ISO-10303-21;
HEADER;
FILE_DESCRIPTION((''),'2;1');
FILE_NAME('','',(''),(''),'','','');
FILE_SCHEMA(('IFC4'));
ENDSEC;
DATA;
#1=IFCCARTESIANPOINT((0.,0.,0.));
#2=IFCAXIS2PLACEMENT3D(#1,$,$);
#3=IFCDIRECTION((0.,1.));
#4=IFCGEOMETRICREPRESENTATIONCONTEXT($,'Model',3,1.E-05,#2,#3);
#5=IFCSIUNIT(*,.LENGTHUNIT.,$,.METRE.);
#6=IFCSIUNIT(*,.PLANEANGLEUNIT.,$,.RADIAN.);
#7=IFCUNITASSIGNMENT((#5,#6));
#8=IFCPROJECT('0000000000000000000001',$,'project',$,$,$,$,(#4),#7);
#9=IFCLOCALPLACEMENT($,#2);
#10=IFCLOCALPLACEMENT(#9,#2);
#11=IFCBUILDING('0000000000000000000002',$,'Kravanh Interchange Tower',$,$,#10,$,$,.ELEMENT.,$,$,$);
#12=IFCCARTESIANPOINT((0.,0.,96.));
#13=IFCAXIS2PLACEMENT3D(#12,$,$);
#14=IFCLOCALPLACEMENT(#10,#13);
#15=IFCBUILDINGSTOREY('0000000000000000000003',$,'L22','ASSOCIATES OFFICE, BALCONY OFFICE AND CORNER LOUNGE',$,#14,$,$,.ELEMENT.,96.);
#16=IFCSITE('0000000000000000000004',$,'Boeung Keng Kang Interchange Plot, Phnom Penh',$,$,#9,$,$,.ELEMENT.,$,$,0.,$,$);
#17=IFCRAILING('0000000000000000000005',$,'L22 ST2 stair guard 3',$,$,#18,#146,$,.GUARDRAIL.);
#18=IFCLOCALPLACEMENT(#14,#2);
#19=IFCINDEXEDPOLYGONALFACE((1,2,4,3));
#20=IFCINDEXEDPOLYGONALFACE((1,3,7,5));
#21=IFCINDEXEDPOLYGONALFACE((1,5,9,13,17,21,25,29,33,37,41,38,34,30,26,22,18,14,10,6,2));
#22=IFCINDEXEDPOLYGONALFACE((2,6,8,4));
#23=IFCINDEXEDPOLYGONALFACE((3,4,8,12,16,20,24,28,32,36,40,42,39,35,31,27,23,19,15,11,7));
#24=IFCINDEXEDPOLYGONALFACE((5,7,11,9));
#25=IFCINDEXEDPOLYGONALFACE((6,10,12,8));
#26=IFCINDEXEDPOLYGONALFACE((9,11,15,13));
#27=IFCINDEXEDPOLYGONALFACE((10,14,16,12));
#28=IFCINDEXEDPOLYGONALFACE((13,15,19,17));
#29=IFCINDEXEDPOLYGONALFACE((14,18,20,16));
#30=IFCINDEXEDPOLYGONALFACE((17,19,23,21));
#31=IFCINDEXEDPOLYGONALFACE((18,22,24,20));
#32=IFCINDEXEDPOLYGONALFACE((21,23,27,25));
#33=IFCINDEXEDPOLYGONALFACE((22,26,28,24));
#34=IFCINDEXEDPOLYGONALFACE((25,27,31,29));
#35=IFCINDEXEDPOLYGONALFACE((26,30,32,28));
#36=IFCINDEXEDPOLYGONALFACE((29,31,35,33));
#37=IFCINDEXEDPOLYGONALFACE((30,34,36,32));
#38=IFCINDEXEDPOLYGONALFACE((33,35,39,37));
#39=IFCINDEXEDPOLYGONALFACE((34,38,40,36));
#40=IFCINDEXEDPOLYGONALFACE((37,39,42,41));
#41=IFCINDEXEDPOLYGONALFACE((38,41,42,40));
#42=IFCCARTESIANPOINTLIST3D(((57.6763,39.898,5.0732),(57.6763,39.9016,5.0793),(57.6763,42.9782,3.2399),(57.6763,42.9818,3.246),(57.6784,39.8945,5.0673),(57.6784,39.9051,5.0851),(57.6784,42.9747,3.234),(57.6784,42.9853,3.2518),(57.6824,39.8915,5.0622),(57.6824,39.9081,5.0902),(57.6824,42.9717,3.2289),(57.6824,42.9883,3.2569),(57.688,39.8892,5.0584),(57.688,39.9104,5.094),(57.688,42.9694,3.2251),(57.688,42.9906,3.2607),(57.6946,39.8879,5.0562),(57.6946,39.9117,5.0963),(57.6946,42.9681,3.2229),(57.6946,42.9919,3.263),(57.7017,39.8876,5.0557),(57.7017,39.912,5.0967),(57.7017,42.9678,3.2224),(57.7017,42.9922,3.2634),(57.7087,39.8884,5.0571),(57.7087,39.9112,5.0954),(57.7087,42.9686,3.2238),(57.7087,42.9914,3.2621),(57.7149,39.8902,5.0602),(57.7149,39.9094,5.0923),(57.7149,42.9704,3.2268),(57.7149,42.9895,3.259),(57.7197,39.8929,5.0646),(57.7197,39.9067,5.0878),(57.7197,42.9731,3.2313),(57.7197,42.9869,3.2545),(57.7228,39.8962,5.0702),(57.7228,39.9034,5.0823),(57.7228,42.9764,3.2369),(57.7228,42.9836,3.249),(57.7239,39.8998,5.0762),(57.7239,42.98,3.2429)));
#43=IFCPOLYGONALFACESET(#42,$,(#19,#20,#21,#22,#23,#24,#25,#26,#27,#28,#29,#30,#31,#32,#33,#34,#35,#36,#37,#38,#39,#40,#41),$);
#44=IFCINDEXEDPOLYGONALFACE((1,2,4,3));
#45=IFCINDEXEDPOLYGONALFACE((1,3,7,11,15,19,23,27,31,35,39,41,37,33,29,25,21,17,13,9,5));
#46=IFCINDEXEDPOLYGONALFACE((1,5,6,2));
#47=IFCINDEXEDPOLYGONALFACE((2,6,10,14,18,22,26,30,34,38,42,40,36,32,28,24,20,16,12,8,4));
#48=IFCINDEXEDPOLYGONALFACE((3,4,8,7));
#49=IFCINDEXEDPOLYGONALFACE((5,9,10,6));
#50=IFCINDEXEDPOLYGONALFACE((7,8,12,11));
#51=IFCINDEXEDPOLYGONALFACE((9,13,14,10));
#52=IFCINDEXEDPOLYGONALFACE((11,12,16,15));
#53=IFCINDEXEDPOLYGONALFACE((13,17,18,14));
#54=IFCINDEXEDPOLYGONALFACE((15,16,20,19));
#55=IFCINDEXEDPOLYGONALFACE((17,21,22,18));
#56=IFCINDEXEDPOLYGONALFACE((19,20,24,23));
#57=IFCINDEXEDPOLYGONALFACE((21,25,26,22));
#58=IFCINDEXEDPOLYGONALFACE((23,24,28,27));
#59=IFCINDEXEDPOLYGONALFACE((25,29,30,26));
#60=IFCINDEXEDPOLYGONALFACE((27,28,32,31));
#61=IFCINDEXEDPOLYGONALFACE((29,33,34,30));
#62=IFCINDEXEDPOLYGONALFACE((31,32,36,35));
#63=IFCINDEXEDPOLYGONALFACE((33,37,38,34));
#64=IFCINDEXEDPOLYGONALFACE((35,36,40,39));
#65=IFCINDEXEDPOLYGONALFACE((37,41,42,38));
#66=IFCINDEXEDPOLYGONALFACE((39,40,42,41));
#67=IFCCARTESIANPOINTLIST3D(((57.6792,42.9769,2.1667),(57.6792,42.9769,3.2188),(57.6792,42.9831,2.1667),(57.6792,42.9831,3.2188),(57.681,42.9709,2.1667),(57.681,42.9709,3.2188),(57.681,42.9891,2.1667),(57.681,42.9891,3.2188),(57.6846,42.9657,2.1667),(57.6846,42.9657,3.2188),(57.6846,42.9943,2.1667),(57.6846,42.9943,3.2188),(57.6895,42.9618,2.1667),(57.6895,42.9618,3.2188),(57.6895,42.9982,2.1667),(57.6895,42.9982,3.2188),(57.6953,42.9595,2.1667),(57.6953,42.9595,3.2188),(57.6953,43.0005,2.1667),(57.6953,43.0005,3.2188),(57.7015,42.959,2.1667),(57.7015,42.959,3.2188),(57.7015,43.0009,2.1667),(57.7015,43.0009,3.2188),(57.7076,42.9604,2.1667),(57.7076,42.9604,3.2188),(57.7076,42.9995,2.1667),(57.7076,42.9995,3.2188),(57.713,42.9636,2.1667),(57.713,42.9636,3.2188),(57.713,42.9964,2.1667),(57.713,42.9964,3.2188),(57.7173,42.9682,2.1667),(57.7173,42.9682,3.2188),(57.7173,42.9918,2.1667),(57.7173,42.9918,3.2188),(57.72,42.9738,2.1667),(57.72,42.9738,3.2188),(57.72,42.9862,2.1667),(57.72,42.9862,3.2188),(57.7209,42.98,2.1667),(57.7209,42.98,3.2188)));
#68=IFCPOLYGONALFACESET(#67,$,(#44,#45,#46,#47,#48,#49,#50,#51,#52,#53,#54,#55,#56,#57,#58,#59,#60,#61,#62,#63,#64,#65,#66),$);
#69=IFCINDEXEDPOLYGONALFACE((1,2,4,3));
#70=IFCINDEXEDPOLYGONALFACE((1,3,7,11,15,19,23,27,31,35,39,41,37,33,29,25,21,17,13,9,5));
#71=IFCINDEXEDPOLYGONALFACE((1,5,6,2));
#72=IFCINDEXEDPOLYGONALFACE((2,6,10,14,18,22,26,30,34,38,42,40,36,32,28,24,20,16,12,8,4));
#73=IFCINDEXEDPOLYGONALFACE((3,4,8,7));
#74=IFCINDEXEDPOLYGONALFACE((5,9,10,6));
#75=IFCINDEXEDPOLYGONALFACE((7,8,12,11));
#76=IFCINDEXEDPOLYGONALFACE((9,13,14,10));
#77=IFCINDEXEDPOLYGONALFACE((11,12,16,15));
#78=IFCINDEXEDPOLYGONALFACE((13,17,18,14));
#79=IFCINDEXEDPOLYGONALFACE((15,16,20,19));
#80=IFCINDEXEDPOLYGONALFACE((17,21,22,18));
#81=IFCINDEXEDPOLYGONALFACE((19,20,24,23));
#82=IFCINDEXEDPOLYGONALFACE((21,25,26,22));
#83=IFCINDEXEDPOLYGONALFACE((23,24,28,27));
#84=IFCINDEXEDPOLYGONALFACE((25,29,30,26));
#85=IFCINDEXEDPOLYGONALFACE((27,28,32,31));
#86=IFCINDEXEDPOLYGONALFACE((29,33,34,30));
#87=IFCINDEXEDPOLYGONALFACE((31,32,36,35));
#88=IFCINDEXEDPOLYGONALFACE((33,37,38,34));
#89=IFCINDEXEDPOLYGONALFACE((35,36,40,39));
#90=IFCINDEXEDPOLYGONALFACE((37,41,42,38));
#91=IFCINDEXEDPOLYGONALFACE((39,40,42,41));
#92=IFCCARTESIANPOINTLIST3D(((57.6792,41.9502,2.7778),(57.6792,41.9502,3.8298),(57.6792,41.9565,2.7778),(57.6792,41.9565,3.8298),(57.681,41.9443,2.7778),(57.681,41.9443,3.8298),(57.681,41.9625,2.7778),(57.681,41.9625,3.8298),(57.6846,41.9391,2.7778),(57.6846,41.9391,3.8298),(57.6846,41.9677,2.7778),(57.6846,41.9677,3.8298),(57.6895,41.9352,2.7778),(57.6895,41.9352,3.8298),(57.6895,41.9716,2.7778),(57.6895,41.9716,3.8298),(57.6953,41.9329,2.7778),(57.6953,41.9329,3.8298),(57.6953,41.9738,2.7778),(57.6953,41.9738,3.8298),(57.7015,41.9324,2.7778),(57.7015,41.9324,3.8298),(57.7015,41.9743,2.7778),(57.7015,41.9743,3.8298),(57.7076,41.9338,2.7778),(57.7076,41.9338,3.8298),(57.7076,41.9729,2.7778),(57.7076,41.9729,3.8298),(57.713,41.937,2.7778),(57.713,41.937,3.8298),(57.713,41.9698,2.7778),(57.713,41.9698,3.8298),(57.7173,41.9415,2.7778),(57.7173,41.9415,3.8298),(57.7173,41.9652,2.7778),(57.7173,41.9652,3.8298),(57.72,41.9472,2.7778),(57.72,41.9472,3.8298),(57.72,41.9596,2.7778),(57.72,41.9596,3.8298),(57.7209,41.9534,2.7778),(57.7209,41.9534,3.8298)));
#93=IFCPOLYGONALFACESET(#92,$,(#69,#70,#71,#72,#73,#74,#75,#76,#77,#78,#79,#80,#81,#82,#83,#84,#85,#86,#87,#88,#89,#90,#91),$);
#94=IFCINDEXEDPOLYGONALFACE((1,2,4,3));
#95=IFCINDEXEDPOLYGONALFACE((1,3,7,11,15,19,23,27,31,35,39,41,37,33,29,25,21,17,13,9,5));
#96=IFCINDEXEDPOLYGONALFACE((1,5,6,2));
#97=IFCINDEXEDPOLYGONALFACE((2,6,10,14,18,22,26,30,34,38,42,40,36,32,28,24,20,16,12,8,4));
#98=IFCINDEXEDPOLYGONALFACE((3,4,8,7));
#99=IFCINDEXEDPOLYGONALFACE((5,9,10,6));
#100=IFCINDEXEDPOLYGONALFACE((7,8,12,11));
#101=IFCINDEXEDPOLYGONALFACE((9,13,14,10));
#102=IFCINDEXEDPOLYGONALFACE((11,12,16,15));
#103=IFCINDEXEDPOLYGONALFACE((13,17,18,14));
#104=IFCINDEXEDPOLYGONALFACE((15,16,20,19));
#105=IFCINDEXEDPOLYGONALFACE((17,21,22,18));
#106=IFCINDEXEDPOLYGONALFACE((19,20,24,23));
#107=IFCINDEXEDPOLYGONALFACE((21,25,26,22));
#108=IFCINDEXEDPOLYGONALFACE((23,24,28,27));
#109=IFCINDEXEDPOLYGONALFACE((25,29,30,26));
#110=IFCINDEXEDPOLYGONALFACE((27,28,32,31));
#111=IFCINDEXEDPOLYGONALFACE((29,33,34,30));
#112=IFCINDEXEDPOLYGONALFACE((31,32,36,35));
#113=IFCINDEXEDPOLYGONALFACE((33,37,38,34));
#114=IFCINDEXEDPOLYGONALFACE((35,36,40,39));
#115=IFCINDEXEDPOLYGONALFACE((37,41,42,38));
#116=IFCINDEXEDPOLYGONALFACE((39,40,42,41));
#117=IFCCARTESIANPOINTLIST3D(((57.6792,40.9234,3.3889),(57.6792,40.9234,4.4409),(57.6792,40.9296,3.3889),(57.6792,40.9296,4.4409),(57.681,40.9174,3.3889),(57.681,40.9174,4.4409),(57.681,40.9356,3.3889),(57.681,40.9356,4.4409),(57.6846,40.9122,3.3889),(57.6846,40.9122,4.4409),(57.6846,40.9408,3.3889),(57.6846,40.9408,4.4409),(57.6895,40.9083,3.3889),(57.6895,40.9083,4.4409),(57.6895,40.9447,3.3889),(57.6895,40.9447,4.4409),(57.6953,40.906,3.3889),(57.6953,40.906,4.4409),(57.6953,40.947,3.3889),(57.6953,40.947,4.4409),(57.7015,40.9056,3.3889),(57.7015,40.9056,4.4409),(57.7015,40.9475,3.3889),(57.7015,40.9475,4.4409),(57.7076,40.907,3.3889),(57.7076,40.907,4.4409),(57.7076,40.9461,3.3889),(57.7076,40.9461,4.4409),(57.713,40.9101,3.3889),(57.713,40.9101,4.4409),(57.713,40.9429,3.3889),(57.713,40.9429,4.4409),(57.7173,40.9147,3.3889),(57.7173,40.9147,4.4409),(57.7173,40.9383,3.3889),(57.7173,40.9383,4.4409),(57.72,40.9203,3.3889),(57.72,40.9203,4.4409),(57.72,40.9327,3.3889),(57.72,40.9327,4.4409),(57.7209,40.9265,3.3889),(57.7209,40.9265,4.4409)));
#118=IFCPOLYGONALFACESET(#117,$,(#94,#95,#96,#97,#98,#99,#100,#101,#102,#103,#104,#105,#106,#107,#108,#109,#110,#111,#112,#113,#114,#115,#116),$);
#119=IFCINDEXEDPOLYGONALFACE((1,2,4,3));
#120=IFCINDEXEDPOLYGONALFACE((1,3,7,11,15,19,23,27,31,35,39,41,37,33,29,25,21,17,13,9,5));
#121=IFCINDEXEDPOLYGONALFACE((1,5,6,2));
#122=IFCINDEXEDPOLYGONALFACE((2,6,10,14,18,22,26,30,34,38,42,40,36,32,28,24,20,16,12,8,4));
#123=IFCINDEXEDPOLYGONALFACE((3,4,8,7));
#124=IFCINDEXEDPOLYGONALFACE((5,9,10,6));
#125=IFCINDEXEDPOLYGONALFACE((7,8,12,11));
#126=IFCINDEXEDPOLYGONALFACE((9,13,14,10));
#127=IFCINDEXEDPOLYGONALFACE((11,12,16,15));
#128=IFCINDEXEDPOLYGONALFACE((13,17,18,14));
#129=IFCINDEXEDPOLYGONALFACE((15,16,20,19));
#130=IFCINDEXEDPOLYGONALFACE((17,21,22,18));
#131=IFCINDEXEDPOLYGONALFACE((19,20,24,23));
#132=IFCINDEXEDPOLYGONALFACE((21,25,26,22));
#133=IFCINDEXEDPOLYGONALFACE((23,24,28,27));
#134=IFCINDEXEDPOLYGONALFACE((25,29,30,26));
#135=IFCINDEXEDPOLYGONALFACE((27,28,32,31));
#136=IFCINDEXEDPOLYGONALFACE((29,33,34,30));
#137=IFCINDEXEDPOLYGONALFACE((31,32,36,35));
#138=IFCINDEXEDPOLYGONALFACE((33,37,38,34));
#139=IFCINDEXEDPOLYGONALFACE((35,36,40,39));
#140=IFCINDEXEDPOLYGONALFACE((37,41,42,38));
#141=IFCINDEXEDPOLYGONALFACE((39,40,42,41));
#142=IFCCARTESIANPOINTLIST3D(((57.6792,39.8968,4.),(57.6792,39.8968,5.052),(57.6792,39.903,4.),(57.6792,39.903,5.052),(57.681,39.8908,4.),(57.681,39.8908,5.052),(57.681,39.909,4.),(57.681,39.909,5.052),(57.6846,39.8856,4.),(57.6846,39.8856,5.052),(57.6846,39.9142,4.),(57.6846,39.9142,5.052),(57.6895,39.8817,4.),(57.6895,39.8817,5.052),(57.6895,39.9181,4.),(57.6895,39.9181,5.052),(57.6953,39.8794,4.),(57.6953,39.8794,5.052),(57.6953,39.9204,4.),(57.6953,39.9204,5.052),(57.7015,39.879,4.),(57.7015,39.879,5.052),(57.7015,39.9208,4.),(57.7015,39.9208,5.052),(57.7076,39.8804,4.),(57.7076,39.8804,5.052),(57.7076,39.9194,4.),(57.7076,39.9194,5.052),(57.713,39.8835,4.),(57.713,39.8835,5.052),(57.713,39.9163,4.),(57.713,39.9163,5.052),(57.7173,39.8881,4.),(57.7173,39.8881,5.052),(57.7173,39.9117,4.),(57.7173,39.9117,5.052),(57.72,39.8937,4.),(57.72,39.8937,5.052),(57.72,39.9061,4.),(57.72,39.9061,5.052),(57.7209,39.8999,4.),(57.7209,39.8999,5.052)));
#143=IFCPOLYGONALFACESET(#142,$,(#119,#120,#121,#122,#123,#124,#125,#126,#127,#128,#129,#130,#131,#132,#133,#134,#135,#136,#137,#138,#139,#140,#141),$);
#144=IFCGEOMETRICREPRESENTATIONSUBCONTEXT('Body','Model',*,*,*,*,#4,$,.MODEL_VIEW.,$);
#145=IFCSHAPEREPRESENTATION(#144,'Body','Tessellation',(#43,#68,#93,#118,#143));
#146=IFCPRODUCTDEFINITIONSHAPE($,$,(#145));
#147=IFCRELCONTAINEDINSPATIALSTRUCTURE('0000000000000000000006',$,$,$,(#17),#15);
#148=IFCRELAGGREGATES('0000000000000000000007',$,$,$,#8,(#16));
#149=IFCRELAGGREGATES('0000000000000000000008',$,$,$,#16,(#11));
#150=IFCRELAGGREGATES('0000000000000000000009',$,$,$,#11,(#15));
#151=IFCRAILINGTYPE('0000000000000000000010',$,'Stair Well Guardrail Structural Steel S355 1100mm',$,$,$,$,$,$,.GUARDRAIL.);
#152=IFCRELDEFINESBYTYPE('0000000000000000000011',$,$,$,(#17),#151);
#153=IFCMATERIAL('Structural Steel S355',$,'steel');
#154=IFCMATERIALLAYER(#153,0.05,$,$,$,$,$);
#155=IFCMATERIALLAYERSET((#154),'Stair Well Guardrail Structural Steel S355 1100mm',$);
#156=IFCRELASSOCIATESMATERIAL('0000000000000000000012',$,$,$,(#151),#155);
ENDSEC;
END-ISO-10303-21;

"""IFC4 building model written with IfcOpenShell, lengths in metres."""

from ifc_helpers import new_model, si_unit, direction, frame, origin, origin_2d, place, context, subcontext, project, spatial, circle, extrude, material, layer, layer_set, type_object, element, save


model = new_model("IFC4")

# Units and contexts
model_context = context("Model", 3, precision=1e-05, world=origin(), true_north=direction((0.0, 1.0)))
body_context = subcontext(model_context, "Body", "Model", "MODEL_VIEW")
ifc_project = project(units=[si_unit("LENGTHUNIT", "METRE"), si_unit("PLANEANGLEUNIT", "RADIAN")], contexts=[model_context])

# Site, building, storey
site_placement = place(None, origin())
site = spatial("IfcSite", under=ifc_project, at=site_placement, Name="Boeung Keng Kang Interchange Plot, Phnom Penh", CompositionType="ELEMENT", RefElevation=0.0)
building_placement = place(site_placement, origin())
building = spatial("IfcBuilding", under=site, at=building_placement, Name="Kravanh Interchange Tower", CompositionType="ELEMENT")
storey_placement = place(building_placement, frame((0.0, 0.0, 96.0)))
storey = spatial("IfcBuildingStorey", under=building, at=storey_placement, Name="L22", Description="ASSOCIATES OFFICE, BALCONY OFFICE AND CORNER LOUNGE", CompositionType="ELEMENT", Elevation=96.0)

# Railing
ifc_material_1 = material(Name="Structural Steel S355", Category="steel")
ifc_layer_1 = layer(ifc_material_1, 0.05)
ifc_layer_set_1 = layer_set([ifc_layer_1], Name="Stair Well Guardrail Structural Steel S355 1100mm")
railing_type_1 = type_object("IfcRailingType", Name="Stair Well Guardrail Structural Steel S355 1100mm", PredefinedType="GUARDRAIL", material=ifc_layer_set_1)
railing_1_placement = place(storey_placement, frame((57.7, 42.98, 2.1667)))
element("IfcRailing", 1, at=railing_1_placement, inside=storey, type_object=railing_type_1, Name="L22 ST2 stair guard 3", PredefinedType="GUARDRAIL", context=body_context, shape_type="SweptSolid", body=[
    extrude(circle(Radius=0.0239, at=origin_2d()), frame((0.0, 0.0, 1.0762), z_axis=(0.0, -0.859309, 0.511458), x_axis=(1.0, 0.0, 0.0)), (0.0, 0.0, 1.0), 3.5845),
    extrude(circle(Radius=0.021, at=origin_2d()), origin(), (0.0, 0.0, 1.0), 1.052),
    extrude(circle(Radius=0.021, at=origin_2d()), frame((0.0, -1.0266, 0.6111)), (0.0, 0.0, 1.0), 1.052),
    extrude(circle(Radius=0.021, at=origin_2d()), frame((0.0, -2.0535, 1.2222)), (0.0, 0.0, 1.0), 1.052),
    extrude(circle(Radius=0.021, at=origin_2d()), frame((0.0, -3.0801, 1.8333)), (0.0, 0.0, 1.0), 1.052),
])

save(model, "model.ifc")
